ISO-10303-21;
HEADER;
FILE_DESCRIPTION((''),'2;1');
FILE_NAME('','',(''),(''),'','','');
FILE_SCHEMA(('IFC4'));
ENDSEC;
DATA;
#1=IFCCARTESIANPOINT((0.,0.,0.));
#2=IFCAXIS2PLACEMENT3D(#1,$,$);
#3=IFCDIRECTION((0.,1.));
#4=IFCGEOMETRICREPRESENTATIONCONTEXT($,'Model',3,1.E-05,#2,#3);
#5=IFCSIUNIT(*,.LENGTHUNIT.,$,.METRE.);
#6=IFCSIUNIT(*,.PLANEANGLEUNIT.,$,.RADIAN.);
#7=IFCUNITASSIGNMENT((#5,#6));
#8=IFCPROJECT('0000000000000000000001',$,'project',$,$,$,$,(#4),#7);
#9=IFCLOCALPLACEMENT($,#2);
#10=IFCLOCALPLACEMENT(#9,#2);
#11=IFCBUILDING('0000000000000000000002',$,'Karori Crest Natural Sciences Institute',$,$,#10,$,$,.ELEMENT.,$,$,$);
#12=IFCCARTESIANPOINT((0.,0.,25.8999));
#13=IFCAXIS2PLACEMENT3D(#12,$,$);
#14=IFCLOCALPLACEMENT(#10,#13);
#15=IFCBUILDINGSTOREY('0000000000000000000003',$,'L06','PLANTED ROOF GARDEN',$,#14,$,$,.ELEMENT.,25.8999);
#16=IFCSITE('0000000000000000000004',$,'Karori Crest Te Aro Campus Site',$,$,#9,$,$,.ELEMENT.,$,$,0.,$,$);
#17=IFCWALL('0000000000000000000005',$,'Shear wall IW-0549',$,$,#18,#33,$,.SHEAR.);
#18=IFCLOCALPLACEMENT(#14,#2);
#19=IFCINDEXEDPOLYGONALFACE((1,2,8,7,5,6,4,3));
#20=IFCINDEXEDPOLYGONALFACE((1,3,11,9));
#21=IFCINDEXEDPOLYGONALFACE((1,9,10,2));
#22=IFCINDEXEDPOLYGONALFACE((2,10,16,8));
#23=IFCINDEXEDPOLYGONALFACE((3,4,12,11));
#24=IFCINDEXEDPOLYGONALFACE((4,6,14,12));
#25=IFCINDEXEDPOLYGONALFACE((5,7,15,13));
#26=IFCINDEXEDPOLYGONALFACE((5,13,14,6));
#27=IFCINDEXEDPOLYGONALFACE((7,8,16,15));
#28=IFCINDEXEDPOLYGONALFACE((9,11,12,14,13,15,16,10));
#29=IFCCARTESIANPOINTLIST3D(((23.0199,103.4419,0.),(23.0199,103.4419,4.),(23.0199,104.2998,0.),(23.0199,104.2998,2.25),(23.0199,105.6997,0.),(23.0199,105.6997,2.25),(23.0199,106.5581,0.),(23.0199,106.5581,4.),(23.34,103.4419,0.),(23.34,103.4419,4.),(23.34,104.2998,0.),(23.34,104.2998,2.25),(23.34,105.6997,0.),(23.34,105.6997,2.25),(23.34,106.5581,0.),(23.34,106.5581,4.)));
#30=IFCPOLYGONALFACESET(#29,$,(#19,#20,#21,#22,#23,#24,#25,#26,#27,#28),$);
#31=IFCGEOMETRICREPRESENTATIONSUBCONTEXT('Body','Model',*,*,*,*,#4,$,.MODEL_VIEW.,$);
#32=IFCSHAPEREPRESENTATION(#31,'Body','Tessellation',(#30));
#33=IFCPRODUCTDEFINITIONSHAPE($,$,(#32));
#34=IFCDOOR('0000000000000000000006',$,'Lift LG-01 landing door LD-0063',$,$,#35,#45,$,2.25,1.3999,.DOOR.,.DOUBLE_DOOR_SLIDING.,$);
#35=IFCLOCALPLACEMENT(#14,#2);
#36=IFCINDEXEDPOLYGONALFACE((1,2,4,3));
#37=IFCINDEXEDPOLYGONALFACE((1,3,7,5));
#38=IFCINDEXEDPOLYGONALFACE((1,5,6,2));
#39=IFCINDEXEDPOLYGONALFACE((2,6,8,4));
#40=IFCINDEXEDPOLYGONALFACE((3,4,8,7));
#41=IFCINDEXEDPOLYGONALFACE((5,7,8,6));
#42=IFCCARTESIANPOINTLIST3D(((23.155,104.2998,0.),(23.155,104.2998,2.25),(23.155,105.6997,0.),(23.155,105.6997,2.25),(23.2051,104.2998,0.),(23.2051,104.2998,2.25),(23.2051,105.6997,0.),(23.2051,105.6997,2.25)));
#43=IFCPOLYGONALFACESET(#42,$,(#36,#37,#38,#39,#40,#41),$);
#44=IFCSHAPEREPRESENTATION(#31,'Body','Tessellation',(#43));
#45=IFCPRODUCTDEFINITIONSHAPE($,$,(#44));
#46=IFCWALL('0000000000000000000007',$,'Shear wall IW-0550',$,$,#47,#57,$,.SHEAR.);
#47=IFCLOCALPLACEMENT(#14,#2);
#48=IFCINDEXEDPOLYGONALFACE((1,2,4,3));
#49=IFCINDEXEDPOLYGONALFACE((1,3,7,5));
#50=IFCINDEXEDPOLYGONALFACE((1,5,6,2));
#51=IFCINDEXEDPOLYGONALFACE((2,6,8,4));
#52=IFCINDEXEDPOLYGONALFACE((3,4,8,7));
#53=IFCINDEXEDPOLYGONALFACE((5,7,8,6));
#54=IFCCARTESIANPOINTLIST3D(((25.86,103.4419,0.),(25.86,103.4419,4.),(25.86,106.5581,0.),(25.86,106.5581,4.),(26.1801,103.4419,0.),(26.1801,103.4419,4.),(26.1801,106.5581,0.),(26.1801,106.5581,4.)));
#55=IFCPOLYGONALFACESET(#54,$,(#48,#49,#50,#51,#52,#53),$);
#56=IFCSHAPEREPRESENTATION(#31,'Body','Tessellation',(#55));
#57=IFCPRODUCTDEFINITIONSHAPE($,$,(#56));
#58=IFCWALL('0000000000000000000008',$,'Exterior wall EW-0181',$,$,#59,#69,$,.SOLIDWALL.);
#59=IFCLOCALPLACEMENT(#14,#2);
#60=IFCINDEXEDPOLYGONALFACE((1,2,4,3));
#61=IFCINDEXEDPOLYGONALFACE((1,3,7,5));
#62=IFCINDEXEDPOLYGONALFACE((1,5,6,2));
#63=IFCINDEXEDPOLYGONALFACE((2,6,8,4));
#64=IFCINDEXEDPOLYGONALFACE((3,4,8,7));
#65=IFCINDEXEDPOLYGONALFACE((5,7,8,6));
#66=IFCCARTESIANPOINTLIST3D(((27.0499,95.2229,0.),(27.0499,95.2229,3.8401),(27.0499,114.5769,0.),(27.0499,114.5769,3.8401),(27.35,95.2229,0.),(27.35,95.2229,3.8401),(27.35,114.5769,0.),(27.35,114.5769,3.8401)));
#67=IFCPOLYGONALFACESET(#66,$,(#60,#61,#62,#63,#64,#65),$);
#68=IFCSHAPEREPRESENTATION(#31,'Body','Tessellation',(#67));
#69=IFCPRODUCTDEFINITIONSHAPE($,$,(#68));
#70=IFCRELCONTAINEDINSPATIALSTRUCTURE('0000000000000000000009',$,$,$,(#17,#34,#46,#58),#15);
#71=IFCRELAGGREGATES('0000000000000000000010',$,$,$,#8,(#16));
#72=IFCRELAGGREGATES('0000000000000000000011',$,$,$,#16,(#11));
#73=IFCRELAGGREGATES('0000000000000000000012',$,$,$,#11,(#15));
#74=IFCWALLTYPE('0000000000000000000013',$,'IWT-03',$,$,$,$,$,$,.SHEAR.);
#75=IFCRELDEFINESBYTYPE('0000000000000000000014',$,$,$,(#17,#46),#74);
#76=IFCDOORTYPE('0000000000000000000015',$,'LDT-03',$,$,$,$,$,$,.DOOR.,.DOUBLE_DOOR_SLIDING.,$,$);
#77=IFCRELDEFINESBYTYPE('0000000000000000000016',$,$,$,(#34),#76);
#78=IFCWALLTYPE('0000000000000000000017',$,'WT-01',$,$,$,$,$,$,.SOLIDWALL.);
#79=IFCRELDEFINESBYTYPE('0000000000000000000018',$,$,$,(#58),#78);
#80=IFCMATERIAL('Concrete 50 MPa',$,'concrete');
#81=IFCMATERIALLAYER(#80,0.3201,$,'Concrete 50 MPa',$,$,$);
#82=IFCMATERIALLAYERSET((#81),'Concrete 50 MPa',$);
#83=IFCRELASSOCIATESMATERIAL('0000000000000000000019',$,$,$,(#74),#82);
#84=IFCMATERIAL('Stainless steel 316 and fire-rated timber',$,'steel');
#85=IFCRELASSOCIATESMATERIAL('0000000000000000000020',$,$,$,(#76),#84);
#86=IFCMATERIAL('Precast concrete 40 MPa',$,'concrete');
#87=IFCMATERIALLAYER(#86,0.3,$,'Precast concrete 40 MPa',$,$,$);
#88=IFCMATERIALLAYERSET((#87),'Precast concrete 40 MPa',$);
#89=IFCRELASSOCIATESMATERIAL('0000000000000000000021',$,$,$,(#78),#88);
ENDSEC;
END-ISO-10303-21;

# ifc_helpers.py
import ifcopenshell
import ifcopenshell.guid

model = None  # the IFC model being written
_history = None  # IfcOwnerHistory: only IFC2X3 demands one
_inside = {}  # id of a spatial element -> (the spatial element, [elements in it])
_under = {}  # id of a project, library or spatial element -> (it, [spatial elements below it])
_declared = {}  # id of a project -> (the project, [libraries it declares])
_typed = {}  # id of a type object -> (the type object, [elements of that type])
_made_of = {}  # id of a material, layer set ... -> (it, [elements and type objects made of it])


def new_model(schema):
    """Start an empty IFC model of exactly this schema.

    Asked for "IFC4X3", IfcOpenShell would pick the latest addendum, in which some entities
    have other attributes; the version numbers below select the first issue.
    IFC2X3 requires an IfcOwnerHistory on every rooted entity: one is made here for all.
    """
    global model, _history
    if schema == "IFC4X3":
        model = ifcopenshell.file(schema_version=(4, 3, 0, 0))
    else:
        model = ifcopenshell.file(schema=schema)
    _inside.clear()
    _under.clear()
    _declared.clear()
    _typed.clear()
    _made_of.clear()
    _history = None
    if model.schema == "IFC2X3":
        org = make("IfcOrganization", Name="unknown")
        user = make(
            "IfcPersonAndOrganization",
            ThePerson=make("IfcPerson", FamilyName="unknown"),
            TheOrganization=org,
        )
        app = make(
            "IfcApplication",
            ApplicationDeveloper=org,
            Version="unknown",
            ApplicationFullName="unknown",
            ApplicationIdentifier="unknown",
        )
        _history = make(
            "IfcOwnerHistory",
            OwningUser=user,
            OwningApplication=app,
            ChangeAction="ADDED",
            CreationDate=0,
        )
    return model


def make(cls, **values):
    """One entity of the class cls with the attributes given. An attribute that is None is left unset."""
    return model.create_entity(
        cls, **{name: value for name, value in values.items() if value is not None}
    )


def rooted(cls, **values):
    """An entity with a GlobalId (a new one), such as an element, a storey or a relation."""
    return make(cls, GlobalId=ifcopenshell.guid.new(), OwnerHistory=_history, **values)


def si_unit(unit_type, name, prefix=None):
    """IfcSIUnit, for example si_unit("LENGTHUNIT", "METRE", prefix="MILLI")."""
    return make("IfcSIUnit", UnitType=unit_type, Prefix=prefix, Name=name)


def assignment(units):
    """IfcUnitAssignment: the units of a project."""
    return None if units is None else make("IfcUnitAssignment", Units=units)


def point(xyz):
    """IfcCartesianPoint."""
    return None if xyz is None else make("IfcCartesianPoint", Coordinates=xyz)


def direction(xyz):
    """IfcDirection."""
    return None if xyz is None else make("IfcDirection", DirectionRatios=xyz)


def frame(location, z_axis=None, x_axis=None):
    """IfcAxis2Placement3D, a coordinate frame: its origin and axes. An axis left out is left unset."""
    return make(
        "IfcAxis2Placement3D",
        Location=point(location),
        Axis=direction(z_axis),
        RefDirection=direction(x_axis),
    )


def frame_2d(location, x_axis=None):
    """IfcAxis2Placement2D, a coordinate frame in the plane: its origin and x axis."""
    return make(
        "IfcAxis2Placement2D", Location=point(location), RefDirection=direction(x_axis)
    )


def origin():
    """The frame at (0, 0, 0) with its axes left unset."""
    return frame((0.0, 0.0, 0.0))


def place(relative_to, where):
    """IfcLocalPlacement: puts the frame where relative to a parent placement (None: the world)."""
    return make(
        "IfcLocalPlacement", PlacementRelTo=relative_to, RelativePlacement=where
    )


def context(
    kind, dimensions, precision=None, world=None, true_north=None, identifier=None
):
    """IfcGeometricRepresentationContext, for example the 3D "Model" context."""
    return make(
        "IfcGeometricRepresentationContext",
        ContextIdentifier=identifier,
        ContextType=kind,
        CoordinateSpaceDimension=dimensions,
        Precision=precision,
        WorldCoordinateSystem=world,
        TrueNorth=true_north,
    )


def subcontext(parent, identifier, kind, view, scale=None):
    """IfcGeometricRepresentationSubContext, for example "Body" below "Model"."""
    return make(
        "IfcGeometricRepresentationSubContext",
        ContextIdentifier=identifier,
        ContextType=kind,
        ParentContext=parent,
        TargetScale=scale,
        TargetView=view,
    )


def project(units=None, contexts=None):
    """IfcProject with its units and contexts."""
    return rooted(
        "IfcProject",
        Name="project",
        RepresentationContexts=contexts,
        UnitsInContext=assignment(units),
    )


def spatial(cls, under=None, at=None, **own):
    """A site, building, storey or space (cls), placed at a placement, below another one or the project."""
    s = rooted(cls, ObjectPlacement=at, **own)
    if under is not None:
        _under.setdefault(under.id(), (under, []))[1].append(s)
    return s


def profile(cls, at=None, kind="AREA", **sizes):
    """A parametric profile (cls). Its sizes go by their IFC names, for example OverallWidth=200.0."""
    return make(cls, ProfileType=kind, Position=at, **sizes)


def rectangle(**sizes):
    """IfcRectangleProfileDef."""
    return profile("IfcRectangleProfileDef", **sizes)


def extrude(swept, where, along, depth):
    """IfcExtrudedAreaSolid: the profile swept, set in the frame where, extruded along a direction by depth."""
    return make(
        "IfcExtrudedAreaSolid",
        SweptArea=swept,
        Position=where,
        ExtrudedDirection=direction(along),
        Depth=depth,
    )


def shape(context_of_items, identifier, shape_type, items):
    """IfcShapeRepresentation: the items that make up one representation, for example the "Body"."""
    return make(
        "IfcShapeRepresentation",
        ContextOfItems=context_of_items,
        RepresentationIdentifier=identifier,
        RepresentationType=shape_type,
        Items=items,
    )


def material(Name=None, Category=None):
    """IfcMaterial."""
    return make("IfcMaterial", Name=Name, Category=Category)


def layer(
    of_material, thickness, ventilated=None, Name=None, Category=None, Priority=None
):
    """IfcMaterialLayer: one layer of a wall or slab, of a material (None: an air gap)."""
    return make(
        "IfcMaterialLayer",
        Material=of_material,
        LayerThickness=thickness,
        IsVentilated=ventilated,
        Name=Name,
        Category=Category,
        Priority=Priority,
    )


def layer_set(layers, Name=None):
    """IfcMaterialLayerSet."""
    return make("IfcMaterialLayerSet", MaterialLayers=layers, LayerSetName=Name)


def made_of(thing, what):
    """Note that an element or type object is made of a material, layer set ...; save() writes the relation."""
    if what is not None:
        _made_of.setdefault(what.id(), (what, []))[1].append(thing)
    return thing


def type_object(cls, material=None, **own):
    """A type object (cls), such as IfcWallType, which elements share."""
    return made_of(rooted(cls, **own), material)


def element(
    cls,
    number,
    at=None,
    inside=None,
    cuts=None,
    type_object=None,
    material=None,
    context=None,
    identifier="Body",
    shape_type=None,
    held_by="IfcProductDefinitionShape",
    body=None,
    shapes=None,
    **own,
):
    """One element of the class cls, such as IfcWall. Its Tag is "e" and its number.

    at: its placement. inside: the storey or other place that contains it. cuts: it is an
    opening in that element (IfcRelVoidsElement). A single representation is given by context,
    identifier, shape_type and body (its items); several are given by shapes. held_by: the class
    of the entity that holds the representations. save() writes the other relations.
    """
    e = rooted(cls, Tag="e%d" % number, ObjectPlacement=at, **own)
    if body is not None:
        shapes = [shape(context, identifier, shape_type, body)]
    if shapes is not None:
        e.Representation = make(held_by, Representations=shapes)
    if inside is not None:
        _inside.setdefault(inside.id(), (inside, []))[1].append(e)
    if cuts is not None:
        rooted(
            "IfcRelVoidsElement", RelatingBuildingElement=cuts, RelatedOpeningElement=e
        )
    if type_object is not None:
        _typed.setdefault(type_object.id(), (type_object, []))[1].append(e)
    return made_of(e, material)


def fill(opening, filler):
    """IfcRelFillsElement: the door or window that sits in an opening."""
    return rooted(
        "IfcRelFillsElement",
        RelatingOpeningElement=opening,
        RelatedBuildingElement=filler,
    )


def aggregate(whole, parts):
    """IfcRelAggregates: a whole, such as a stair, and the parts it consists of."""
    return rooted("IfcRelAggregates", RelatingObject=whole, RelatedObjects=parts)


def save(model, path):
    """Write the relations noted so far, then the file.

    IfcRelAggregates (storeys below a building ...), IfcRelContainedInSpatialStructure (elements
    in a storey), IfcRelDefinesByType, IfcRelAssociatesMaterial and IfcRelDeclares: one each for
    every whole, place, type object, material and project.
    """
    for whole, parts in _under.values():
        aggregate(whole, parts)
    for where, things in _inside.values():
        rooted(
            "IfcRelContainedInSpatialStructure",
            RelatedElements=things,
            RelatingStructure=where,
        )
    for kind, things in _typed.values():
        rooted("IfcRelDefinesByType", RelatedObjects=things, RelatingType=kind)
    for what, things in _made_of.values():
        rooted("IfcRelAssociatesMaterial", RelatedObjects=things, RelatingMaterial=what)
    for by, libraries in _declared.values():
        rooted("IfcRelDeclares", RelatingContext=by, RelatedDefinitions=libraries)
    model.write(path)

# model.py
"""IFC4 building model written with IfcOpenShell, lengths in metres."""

from ifc_helpers import new_model, si_unit, direction, frame, frame_2d, origin, place, context, subcontext, project, spatial, rectangle, extrude, material, layer, layer_set, type_object, element, fill, save


model = new_model("IFC4")

# Units and contexts
model_context = context("Model", 3, precision=1e-05, world=origin(), true_north=direction((0.0, 1.0)))
body_context = subcontext(model_context, "Body", "Model", "MODEL_VIEW")
ifc_project = project(units=[si_unit("LENGTHUNIT", "METRE"), si_unit("PLANEANGLEUNIT", "RADIAN")], contexts=[model_context])

# Site, building, storey
site_placement = place(None, origin())
site = spatial("IfcSite", under=ifc_project, at=site_placement, Name="Karori Crest Te Aro Campus Site", CompositionType="ELEMENT", RefElevation=0.0)
building_placement = place(site_placement, origin())
building = spatial("IfcBuilding", under=site, at=building_placement, Name="Karori Crest Natural Sciences Institute", CompositionType="ELEMENT")
storey_placement = place(building_placement, frame((0.0, 0.0, 25.8999)))
storey = spatial("IfcBuildingStorey", under=building, at=storey_placement, Name="L06", Description="PLANTED ROOF GARDEN", CompositionType="ELEMENT", Elevation=25.8999)

# Shared definitions
ifc_material_1 = material(Name="Concrete 50 MPa", Category="concrete")

# Shared definitions
ifc_layer_1 = layer(ifc_material_1, 0.3201, Name="Concrete 50 MPa")
ifc_layer_set_1 = layer_set([ifc_layer_1], Name="Concrete 50 MPa")
wall_type_1 = type_object("IfcWallType", Name="IWT-03", PredefinedType="SHEAR", material=ifc_layer_set_1)

# Wall, opening, door
wall_1_placement = place(storey_placement, frame((23.1799, 103.4419, 0.0), z_axis=(0.0, 0.0, 1.0), x_axis=(0.0, 1.0, 0.0)))
wall_1 = element("IfcWall", 1, at=wall_1_placement, inside=storey, type_object=wall_type_1, Name="Shear wall IW-0549", PredefinedType="SHEAR", context=body_context, shape_type="SweptSolid", body=[
    extrude(rectangle(XDim=3.1162, YDim=0.3201, at=frame_2d((1.5581, 0.0))), origin(), (0.0, 0.0, 1.0), 4.0),
])
opening_placement = place(wall_1_placement, frame((0.8579, 0.0, 0.0)))
opening = element("IfcOpeningElement", 2, at=opening_placement, cuts=wall_1, PredefinedType="OPENING", context=body_context, shape_type="SweptSolid", body=[
    extrude(rectangle(XDim=1.3999, YDim=2.25, at=frame_2d((0.7, 1.125))), frame((0.0, 0.1699, 0.0), z_axis=(0.0, -1.0, 0.0), x_axis=(1.0, 0.0, 0.0)), (0.0, 0.0, 1.0), 0.3401),
])
ifc_material_2 = material(Name="Stainless steel 316 and fire-rated timber", Category="steel")
door_type = type_object("IfcDoorType", Name="LDT-03", OperationType="DOUBLE_DOOR_SLIDING", PredefinedType="DOOR", material=ifc_material_2)
door_placement = place(opening_placement, origin())
door = element("IfcDoor", 3, at=door_placement, inside=storey, type_object=door_type, Name="Lift LG-01 landing door LD-0063", OperationType="DOUBLE_DOOR_SLIDING", OverallHeight=2.25, OverallWidth=1.3999, PredefinedType="DOOR", context=body_context, shape_type="SweptSolid", body=[
    extrude(rectangle(XDim=1.3999, YDim=2.25, at=frame_2d((0.7, 1.125))), frame((0.0, 0.0249, 0.0), z_axis=(0.0, -1.0, 0.0), x_axis=(1.0, 0.0, 0.0)), (0.0, 0.0, 1.0), 0.05),
])
fill(opening, door)

# Walls
wall_2_placement = place(storey_placement, frame((26.02, 103.4419, 0.0), z_axis=(0.0, 0.0, 1.0), x_axis=(0.0, 1.0, 0.0)))
element("IfcWall", 4, at=wall_2_placement, inside=storey, type_object=wall_type_1, Name="Shear wall IW-0550", PredefinedType="SHEAR", context=body_context, shape_type="SweptSolid", body=[
    extrude(rectangle(XDim=3.1162, YDim=0.3201, at=frame_2d((1.5581, 0.0))), origin(), (0.0, 0.0, 1.0), 4.0),
])
ifc_material_3 = material(Name="Precast concrete 40 MPa", Category="concrete")
ifc_layer_2 = layer(ifc_material_3, 0.3, Name="Precast concrete 40 MPa")
ifc_layer_set_2 = layer_set([ifc_layer_2], Name="Precast concrete 40 MPa")
wall_type_2 = type_object("IfcWallType", Name="WT-01", PredefinedType="SOLIDWALL", material=ifc_layer_set_2)
wall_3_placement = place(storey_placement, frame((27.2, 114.5769, 0.0), z_axis=(0.0, 0.0, 1.0), x_axis=(0.0, -1.0, 0.0)))
element("IfcWall", 5, at=wall_3_placement, inside=storey, type_object=wall_type_2, Name="Exterior wall EW-0181", PredefinedType="SOLIDWALL", context=body_context, shape_type="SweptSolid", body=[
    extrude(rectangle(XDim=19.354, YDim=0.3, at=frame_2d((9.677, 0.0))), origin(), (0.0, 0.0, 1.0), 3.8401),
])

save(model, "model.ifc")
